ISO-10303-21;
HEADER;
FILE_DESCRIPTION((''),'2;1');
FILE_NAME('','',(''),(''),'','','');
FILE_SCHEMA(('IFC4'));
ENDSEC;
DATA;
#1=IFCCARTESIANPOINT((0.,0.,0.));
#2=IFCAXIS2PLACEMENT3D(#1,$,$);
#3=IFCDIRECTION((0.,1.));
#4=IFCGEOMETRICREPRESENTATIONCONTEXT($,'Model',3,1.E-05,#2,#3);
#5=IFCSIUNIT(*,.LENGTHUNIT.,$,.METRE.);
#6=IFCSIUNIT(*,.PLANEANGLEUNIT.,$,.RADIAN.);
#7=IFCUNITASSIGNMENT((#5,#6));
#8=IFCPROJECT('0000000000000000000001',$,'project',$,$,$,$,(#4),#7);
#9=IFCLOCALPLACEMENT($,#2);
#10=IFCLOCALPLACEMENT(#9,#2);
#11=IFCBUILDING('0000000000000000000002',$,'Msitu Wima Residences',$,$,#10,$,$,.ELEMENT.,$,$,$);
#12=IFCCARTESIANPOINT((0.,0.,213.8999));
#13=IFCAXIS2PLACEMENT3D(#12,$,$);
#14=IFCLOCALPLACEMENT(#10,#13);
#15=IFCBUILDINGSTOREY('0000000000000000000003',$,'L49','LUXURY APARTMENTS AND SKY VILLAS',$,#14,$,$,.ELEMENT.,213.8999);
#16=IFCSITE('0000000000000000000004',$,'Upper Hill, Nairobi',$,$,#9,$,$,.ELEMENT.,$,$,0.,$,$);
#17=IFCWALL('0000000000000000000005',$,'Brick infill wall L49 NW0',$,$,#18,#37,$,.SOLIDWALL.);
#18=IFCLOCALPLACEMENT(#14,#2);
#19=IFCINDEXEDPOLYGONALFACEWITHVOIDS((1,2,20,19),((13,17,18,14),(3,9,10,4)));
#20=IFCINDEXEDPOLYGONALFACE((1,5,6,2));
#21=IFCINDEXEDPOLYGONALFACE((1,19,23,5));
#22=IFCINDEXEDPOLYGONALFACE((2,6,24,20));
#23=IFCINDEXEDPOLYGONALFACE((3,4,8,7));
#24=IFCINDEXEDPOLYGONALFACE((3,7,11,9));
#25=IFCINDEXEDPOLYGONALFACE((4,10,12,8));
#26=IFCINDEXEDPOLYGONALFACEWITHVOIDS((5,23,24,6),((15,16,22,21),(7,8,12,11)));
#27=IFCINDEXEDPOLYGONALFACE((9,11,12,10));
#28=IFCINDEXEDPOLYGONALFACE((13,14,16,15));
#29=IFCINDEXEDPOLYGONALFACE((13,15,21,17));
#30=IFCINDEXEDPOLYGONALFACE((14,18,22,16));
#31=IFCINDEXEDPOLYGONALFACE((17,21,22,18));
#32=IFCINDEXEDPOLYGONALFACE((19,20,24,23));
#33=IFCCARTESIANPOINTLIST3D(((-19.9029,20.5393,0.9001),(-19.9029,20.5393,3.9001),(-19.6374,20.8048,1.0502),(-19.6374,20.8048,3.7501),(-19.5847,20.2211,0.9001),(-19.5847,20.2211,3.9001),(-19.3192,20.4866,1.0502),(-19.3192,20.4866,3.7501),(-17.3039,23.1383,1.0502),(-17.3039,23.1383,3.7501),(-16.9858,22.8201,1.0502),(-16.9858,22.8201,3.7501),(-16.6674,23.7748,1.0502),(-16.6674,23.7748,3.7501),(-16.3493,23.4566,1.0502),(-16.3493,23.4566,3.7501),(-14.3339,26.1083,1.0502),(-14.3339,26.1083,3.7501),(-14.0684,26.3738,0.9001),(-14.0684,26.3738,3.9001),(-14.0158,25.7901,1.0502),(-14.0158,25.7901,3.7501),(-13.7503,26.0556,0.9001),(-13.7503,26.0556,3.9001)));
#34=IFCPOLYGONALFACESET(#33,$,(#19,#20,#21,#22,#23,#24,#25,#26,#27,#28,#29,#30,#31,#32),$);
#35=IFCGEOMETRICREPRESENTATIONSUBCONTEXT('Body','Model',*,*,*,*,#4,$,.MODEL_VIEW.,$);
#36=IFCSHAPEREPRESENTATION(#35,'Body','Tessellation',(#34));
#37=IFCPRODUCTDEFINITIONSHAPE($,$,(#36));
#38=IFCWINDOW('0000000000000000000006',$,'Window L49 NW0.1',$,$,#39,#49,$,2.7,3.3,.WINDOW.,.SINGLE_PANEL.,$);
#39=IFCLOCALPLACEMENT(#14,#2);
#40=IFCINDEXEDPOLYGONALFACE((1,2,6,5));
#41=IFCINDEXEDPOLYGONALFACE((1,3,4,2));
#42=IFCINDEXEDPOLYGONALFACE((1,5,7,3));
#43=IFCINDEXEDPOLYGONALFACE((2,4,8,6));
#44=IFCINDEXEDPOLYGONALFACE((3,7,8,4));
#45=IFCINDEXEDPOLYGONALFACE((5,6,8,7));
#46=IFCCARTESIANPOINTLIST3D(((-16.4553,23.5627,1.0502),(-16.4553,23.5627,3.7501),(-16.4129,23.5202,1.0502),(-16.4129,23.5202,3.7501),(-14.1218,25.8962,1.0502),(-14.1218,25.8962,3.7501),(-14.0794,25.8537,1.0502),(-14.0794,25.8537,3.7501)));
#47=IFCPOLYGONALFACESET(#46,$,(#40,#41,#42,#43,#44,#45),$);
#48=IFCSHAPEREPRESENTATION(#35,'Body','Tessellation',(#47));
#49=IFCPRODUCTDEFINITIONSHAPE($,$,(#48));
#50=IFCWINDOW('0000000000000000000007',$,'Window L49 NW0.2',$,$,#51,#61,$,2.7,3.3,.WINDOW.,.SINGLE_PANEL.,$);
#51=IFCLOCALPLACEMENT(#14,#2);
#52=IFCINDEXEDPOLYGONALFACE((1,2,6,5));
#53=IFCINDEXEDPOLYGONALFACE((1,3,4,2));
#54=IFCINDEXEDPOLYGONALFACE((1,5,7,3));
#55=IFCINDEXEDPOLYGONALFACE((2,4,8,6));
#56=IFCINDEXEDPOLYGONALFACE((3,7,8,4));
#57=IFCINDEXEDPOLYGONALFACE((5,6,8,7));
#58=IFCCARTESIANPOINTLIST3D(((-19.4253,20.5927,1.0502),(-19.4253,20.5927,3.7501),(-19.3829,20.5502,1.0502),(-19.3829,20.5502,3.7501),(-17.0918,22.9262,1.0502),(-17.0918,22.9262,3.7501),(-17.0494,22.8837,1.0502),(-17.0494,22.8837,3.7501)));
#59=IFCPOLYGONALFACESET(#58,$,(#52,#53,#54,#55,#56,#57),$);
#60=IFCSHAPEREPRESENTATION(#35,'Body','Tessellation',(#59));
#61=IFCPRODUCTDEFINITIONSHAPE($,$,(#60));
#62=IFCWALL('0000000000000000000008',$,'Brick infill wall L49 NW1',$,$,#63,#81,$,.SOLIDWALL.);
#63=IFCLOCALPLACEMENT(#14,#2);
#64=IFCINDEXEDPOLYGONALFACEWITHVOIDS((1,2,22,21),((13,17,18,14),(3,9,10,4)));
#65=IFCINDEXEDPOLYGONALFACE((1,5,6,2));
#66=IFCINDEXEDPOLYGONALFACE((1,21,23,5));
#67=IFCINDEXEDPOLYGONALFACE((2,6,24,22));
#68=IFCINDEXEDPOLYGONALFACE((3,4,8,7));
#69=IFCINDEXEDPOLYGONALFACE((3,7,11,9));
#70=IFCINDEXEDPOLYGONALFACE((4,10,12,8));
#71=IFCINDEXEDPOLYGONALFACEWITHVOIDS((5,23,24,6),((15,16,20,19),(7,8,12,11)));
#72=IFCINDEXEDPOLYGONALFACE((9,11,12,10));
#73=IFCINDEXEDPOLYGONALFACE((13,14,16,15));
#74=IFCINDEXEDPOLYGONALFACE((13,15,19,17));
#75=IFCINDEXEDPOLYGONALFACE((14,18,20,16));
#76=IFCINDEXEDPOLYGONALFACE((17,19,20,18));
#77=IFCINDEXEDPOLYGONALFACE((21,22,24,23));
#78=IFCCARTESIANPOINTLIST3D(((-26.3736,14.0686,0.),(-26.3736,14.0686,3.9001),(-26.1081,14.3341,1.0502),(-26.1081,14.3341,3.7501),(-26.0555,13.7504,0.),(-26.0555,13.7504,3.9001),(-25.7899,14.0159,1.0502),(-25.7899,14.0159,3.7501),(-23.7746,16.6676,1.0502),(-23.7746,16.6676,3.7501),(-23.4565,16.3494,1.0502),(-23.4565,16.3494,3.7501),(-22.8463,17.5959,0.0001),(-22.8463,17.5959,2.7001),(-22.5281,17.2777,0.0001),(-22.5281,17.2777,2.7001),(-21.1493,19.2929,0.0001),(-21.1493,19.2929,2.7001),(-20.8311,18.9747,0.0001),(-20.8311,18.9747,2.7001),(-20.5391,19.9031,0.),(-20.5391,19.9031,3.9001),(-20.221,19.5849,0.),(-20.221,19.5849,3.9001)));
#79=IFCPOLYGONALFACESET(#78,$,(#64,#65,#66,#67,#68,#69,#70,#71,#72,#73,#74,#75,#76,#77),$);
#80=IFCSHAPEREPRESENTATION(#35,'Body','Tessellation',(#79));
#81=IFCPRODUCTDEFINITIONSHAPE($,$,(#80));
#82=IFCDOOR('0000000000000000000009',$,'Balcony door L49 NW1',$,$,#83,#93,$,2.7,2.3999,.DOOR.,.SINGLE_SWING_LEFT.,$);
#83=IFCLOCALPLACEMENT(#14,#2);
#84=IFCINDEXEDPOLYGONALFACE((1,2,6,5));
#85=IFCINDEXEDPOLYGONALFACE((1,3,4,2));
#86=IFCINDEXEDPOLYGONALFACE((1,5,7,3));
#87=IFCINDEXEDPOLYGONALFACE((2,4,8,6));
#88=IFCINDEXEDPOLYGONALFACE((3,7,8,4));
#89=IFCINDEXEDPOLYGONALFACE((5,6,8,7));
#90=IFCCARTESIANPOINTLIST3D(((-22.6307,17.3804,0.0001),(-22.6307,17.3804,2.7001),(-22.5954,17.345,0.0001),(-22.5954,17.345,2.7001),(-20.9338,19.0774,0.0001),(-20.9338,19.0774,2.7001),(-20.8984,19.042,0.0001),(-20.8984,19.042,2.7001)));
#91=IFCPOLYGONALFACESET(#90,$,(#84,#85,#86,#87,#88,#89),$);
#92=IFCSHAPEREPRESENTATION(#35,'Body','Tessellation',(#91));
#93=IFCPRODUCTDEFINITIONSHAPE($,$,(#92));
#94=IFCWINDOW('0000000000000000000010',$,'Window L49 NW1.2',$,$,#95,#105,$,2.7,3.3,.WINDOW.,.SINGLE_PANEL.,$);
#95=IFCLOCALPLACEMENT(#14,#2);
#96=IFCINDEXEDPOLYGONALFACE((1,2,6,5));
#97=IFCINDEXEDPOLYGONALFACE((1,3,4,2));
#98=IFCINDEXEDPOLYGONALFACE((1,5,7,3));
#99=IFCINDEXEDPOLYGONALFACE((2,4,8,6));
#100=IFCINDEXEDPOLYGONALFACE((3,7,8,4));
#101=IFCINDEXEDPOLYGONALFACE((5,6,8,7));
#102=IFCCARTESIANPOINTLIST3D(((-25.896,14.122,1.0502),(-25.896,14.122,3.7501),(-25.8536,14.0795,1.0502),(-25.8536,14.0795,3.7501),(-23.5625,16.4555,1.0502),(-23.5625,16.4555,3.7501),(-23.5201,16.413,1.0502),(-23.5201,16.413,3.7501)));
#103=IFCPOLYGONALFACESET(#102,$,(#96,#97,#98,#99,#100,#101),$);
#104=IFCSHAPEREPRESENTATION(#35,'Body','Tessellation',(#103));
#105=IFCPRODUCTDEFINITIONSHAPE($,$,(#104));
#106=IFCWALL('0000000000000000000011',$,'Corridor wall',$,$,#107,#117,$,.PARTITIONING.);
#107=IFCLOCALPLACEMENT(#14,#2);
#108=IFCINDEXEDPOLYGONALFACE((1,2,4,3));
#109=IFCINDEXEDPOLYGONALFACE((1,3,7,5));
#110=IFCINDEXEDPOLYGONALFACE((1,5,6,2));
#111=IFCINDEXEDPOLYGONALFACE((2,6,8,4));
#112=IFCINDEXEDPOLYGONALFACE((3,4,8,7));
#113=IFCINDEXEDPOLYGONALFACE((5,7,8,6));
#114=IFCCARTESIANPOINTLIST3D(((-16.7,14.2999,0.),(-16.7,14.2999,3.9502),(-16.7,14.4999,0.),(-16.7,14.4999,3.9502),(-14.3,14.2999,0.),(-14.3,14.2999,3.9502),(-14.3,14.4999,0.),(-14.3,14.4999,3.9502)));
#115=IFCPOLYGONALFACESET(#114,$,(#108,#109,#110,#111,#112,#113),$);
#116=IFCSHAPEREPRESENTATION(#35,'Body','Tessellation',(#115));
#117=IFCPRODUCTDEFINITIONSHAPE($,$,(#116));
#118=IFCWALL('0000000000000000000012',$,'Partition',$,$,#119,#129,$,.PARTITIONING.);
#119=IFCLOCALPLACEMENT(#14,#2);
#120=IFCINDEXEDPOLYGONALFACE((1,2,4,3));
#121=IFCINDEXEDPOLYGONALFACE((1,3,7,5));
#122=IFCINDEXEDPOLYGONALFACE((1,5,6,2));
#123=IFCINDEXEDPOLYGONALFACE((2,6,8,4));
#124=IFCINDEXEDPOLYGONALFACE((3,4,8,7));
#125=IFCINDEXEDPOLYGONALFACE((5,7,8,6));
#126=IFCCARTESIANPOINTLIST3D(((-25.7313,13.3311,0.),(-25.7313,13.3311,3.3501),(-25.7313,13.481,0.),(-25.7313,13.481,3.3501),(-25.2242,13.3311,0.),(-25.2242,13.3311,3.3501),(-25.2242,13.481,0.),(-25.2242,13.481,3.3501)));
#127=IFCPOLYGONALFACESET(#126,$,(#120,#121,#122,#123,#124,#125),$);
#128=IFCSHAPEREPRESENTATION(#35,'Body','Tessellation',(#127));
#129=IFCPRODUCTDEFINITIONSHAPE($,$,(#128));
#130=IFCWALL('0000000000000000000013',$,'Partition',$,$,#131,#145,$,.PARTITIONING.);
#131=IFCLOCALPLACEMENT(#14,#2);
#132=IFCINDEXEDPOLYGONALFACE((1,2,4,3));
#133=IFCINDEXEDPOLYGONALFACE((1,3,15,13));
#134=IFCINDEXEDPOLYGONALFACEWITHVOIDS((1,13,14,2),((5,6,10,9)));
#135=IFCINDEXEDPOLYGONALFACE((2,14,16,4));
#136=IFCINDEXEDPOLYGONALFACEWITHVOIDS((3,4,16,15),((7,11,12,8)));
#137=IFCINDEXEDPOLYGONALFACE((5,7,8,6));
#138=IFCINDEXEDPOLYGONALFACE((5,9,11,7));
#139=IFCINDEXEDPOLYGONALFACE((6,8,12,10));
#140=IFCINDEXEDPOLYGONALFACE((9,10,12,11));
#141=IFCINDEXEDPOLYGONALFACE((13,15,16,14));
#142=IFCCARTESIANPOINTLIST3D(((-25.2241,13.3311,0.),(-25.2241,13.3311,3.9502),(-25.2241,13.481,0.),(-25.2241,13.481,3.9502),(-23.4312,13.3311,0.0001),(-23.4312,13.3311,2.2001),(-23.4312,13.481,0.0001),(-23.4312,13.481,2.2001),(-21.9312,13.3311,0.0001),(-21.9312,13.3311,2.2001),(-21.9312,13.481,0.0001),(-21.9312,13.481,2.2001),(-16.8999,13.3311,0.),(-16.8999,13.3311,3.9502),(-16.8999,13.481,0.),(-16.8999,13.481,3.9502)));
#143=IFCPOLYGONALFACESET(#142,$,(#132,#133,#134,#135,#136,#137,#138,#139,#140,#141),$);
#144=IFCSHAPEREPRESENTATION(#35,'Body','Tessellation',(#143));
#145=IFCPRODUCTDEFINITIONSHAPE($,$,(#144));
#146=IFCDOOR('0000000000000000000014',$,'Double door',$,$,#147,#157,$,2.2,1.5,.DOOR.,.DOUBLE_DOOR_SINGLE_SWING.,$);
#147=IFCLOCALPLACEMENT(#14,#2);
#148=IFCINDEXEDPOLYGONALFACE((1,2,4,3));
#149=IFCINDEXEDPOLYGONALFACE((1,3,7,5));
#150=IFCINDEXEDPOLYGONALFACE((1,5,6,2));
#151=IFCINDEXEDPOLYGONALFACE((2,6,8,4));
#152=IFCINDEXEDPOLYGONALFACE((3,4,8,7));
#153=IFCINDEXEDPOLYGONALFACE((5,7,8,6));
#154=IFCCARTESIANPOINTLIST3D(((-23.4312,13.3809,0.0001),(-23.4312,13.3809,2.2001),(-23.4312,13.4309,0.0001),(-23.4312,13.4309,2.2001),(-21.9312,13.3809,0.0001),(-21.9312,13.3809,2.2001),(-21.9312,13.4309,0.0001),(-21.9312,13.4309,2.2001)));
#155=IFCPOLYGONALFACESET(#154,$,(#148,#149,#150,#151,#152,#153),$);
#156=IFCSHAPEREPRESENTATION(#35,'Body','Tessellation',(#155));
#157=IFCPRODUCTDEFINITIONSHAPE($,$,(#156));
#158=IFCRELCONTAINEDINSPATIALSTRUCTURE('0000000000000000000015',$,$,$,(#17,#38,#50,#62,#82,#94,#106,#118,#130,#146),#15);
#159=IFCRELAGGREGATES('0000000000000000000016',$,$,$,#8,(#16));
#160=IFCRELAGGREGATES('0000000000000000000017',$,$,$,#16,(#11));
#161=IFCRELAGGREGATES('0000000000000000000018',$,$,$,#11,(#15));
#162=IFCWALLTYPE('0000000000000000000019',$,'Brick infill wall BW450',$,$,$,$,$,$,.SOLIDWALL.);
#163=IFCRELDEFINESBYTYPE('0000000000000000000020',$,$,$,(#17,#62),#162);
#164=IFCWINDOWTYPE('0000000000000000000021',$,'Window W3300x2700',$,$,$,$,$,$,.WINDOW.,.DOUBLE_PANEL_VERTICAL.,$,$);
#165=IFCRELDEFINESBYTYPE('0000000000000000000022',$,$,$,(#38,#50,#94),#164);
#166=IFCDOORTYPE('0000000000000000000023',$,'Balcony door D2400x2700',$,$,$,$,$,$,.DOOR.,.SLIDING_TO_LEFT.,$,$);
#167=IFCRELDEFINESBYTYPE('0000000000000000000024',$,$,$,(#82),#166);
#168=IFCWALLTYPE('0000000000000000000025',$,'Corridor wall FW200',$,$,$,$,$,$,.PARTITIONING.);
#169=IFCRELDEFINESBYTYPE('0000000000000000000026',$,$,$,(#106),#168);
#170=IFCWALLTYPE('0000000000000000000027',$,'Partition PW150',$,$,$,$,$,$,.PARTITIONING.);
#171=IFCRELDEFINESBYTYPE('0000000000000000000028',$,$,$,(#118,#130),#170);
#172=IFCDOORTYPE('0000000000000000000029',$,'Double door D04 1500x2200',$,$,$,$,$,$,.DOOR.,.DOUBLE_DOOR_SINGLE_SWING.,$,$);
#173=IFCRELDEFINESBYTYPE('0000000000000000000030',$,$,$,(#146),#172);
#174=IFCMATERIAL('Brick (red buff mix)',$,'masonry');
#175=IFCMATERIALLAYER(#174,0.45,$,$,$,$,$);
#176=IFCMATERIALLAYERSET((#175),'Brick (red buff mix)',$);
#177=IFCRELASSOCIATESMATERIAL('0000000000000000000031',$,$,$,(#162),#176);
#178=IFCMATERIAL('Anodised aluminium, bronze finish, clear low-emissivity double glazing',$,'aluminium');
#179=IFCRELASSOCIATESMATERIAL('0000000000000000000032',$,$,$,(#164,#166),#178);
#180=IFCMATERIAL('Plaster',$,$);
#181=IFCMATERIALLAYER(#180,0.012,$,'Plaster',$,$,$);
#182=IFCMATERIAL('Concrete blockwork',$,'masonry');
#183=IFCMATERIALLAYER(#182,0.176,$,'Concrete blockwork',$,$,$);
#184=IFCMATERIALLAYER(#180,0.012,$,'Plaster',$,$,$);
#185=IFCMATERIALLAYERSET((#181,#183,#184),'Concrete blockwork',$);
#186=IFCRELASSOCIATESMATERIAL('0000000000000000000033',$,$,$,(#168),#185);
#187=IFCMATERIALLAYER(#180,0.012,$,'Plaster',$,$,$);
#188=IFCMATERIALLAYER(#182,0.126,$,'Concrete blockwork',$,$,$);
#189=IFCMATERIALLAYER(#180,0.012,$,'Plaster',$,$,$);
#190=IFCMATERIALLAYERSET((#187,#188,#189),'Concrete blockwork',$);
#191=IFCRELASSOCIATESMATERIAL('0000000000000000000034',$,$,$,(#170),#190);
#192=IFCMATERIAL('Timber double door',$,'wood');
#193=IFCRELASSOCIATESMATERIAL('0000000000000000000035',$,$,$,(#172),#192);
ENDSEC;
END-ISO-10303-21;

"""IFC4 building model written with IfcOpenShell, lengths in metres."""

from ifc_helpers import new_model, si_unit, direction, frame, frame_2d, origin, place, context, subcontext, project, spatial, rectangle, extrude, material, layer, layer_set, type_object, element, fill, save


model = new_model("IFC4")

# Units and contexts
model_context = context("Model", 3, precision=1e-05, world=origin(), true_north=direction((0.0, 1.0)))
body_context = subcontext(model_context, "Body", "Model", "MODEL_VIEW")
ifc_project = project(units=[si_unit("LENGTHUNIT", "METRE"), si_unit("PLANEANGLEUNIT", "RADIAN")], contexts=[model_context])

# Site, building, storey
site_placement = place(None, origin())
site = spatial("IfcSite", under=ifc_project, at=site_placement, Name="Upper Hill, Nairobi", CompositionType="ELEMENT", RefElevation=0.0)
building_placement = place(site_placement, origin())
building = spatial("IfcBuilding", under=site, at=building_placement, Name="Msitu Wima Residences", CompositionType="ELEMENT")
storey_placement = place(building_placement, frame((0.0, 0.0, 213.8999)))
storey = spatial("IfcBuildingStorey", under=building, at=storey_placement, Name="L49", Description="LUXURY APARTMENTS AND SKY VILLAS", CompositionType="ELEMENT", Elevation=213.8999)

# Wall, openings, windows
ifc_material_1 = material(Name="Brick (red buff mix)", Category="masonry")
ifc_layer_1 = layer(ifc_material_1, 0.45)
ifc_layer_set_1 = layer_set([ifc_layer_1], Name="Brick (red buff mix)")
wall_type_1 = type_object("IfcWallType", Name="Brick infill wall BW450", PredefinedType="SOLIDWALL", material=ifc_layer_set_1)
wall_1_placement = place(storey_placement, frame((-13.9094, 26.2146, 0.9001), z_axis=(0.0, 0.0, 1.0), x_axis=(-0.707107, -0.707107, 0.0)))
wall_1 = element("IfcWall", 1, at=wall_1_placement, inside=storey, type_object=wall_type_1, Name="Brick infill wall L49 NW0", PredefinedType="SOLIDWALL", context=body_context, shape_type="SweptSolid", body=[
    extrude(rectangle(XDim=8.2512, YDim=0.45, at=frame_2d((4.1255, 0.0))), origin(), (0.0, 0.0, 1.0), 3.0),
])
opening_1_placement = place(wall_1_placement, frame((0.3755, 0.0, 0.1499)))
opening_1 = element("IfcOpeningElement", 2, at=opening_1_placement, cuts=wall_1, PredefinedType="OPENING", context=body_context, shape_type="SweptSolid", body=[
    extrude(rectangle(XDim=3.3, YDim=2.7, at=frame_2d((1.6499, 1.3501))), frame((0.0, 0.2349, 0.0), z_axis=(0.0, -1.0, 0.0), x_axis=(1.0, 0.0, 0.0)), (0.0, 0.0, 1.0), 0.47),
])
opening_2_placement = place(wall_1_placement, frame((4.5757, 0.0, 0.1499)))
opening_2 = element("IfcOpeningElement", 3, at=opening_2_placement, cuts=wall_1, PredefinedType="OPENING", context=body_context, shape_type="SweptSolid", body=[
    extrude(rectangle(XDim=3.3, YDim=2.7, at=frame_2d((1.6499, 1.3501))), frame((0.0, 0.2349, 0.0), z_axis=(0.0, -1.0, 0.0), x_axis=(1.0, 0.0, 0.0)), (0.0, 0.0, 1.0), 0.47),
])
ifc_material_2 = material(Name="Anodised aluminium, bronze finish, clear low-emissivity double glazing", Category="aluminium")
window_type = type_object("IfcWindowType", Name="Window W3300x2700", PartitioningType="DOUBLE_PANEL_VERTICAL", PredefinedType="WINDOW", material=ifc_material_2)
window_1_placement = place(opening_1_placement, origin())
window_1 = element("IfcWindow", 4, at=window_1_placement, inside=storey, type_object=window_type, Name="Window L49 NW0.1", OverallHeight=2.7, OverallWidth=3.3, PartitioningType="SINGLE_PANEL", PredefinedType="WINDOW", context=body_context, shape_type="SweptSolid", body=[
    extrude(rectangle(XDim=3.3, YDim=2.7, at=frame_2d((1.6499, 1.3501))), frame((0.0, 0.135, 0.0), z_axis=(0.0, -1.0, 0.0), x_axis=(1.0, 0.0, 0.0)), (0.0, 0.0, 1.0), 0.0601),
])
fill(opening_1, window_1)
window_2_placement = place(opening_2_placement, origin())
window_2 = element("IfcWindow", 5, at=window_2_placement, inside=storey, type_object=window_type, Name="Window L49 NW0.2", OverallHeight=2.7, OverallWidth=3.3, PartitioningType="SINGLE_PANEL", PredefinedType="WINDOW", context=body_context, shape_type="SweptSolid", body=[
    extrude(rectangle(XDim=3.3, YDim=2.7, at=frame_2d((1.6499, 1.3501))), frame((0.0, 0.135, 0.0), z_axis=(0.0, -1.0, 0.0), x_axis=(1.0, 0.0, 0.0)), (0.0, 0.0, 1.0), 0.0601),
])
fill(opening_2, window_2)

# Wall, openings, door, window
wall_2_placement = place(storey_placement, frame((-20.3801, 19.7439, 0.0), z_axis=(0.0, 0.0, 1.0), x_axis=(-0.707107, -0.707107, 0.0)))
wall_2 = element("IfcWall", 6, at=wall_2_placement, inside=storey, type_object=wall_type_1, Name="Brick infill wall L49 NW1", PredefinedType="SOLIDWALL", context=body_context, shape_type="SweptSolid", body=[
    extrude(rectangle(XDim=8.2512, YDim=0.45, at=frame_2d((4.1255, 0.0))), origin(), (0.0, 0.0, 1.0), 3.9001),
])
opening_3_placement = place(wall_2_placement, frame((0.8628, 0.0, 0.0)))
opening_3 = element("IfcOpeningElement", 7, at=opening_3_placement, cuts=wall_2, PredefinedType="OPENING", context=body_context, shape_type="SweptSolid", body=[
    extrude(rectangle(XDim=2.3999, YDim=2.7, at=frame_2d((1.2, 1.3501))), frame((0.0, 0.2349, 0.0), z_axis=(0.0, -1.0, 0.0), x_axis=(1.0, 0.0, 0.0)), (0.0, 0.0, 1.0), 0.47),
])
opening_4_placement = place(wall_2_placement, frame((4.5757, 0.0, 1.05)))
opening_4 = element("IfcOpeningElement", 8, at=opening_4_placement, cuts=wall_2, PredefinedType="OPENING", context=body_context, shape_type="SweptSolid", body=[
    extrude(rectangle(XDim=3.3, YDim=2.7, at=frame_2d((1.6499, 1.3501))), frame((0.0, 0.2349, 0.0), z_axis=(0.0, -1.0, 0.0), x_axis=(1.0, 0.0, 0.0)), (0.0, 0.0, 1.0), 0.47),
])
door_type_1 = type_object("IfcDoorType", Name="Balcony door D2400x2700", OperationType="SLIDING_TO_LEFT", PredefinedType="DOOR", material=ifc_material_2)
door_1_placement = place(opening_3_placement, origin())
door_1 = element("IfcDoor", 9, at=door_1_placement, inside=storey, type_object=door_type_1, Name="Balcony door L49 NW1", OperationType="SINGLE_SWING_LEFT", OverallHeight=2.7, OverallWidth=2.3999, PredefinedType="DOOR", context=body_context, shape_type="SweptSolid", body=[
    extrude(rectangle(XDim=2.3999, YDim=2.7, at=frame_2d((1.2, 1.3501))), frame((0.0, 0.1299, 0.0), z_axis=(0.0, -1.0, 0.0), x_axis=(1.0, 0.0, 0.0)), (0.0, 0.0, 1.0), 0.05),
])
fill(opening_3, door_1)
window_3_placement = place(opening_4_placement, origin())
window_3 = element("IfcWindow", 10, at=window_3_placement, inside=storey, type_object=window_type, Name="Window L49 NW1.2", OverallHeight=2.7, OverallWidth=3.3, PartitioningType="SINGLE_PANEL", PredefinedType="WINDOW", context=body_context, shape_type="SweptSolid", body=[
    extrude(rectangle(XDim=3.3, YDim=2.7, at=frame_2d((1.6499, 1.3501))), frame((0.0, 0.135, 0.0), z_axis=(0.0, -1.0, 0.0), x_axis=(1.0, 0.0, 0.0)), (0.0, 0.0, 1.0), 0.0601),
])
fill(opening_4, window_3)

# Walls
ifc_material_3 = material(Name="Plaster")
ifc_layer_2 = layer(ifc_material_3, 0.012, Name="Plaster")
ifc_material_4 = material(Name="Concrete blockwork", Category="masonry")
ifc_layer_3 = layer(ifc_material_4, 0.176, Name="Concrete blockwork")
ifc_layer_4 = layer(ifc_material_3, 0.012, Name="Plaster")
ifc_layer_set_2 = layer_set([ifc_layer_2, ifc_layer_3, ifc_layer_4], Name="Concrete blockwork")
wall_type_2 = type_object("IfcWallType", Name="Corridor wall FW200", PredefinedType="PARTITIONING", material=ifc_layer_set_2)
wall_3_placement = place(storey_placement, frame((-16.7, 14.3999, 0.0), z_axis=(0.0, 0.0, 1.0), x_axis=(1.0, 0.0, 0.0)))
element("IfcWall", 11, at=wall_3_placement, inside=storey, type_object=wall_type_2, Name="Corridor wall", PredefinedType="PARTITIONING", context=body_context, shape_type="SweptSolid", body=[
    extrude(rectangle(XDim=2.3999, YDim=0.2, at=frame_2d((1.2, 0.0))), origin(), (0.0, 0.0, 1.0), 3.9502),
])
ifc_layer_5 = layer(ifc_material_3, 0.012, Name="Plaster")
ifc_layer_6 = layer(ifc_material_4, 0.126, Name="Concrete blockwork")
ifc_layer_7 = layer(ifc_material_3, 0.012, Name="Plaster")
ifc_layer_set_3 = layer_set([ifc_layer_5, ifc_layer_6, ifc_layer_7], Name="Concrete blockwork")
wall_type_3 = type_object("IfcWallType", Name="Partition PW150", PredefinedType="PARTITIONING", material=ifc_layer_set_3)
wall_4_placement = place(storey_placement, frame((-25.7312, 13.406, 0.0), z_axis=(0.0, 0.0, 1.0), x_axis=(1.0, 0.0, 0.0)))
element("IfcWall", 12, at=wall_4_placement, inside=storey, type_object=wall_type_3, Name="Partition", PredefinedType="PARTITIONING", context=body_context, shape_type="SweptSolid", body=[
    extrude(rectangle(XDim=0.5071, YDim=0.1499, at=frame_2d((0.2534, 0.0))), origin(), (0.0, 0.0, 1.0), 3.3501),
])

# Wall, opening, door
wall_5_placement = place(storey_placement, frame((-25.2241, 13.406, 0.0), z_axis=(0.0, 0.0, 1.0), x_axis=(1.0, 0.0, 0.0)))
wall_5 = element("IfcWall", 13, at=wall_5_placement, inside=storey, type_object=wall_type_3, Name="Partition", PredefinedType="PARTITIONING", context=body_context, shape_type="SweptSolid", body=[
    extrude(rectangle(XDim=8.3242, YDim=0.1499, at=frame_2d((4.1621, 0.0))), origin(), (0.0, 0.0, 1.0), 3.9502),
])
opening_5_placement = place(wall_5_placement, frame((1.793, 0.0, 0.0)))
opening_5 = element("IfcOpeningElement", 14, at=opening_5_placement, cuts=wall_5, PredefinedType="OPENING", context=body_context, shape_type="SweptSolid", body=[
    extrude(rectangle(XDim=1.5, YDim=2.2, at=frame_2d((0.75, 1.1001))), frame((0.0, 0.085, 0.0), z_axis=(0.0, -1.0, 0.0), x_axis=(1.0, 0.0, 0.0)), (0.0, 0.0, 1.0), 0.1699),
])
ifc_material_5 = material(Name="Timber double door", Category="wood")
door_type_2 = type_object("IfcDoorType", Name="Double door D04 1500x2200", OperationType="DOUBLE_DOOR_SINGLE_SWING", PredefinedType="DOOR", material=ifc_material_5)
door_2_placement = place(opening_5_placement, origin())
door_2 = element("IfcDoor", 15, at=door_2_placement, inside=storey, type_object=door_type_2, Name="Double door", OperationType="DOUBLE_DOOR_SINGLE_SWING", OverallHeight=2.2, OverallWidth=1.5, PredefinedType="DOOR", context=body_context, shape_type="SweptSolid", body=[
    extrude(rectangle(XDim=1.5, YDim=2.2, at=frame_2d((0.75, 1.1001))), frame((0.0, 0.0249, 0.0), z_axis=(0.0, -1.0, 0.0), x_axis=(1.0, 0.0, 0.0)), (0.0, 0.0, 1.0), 0.05),
])
fill(opening_5, door_2)

save(model, "model.ifc")
